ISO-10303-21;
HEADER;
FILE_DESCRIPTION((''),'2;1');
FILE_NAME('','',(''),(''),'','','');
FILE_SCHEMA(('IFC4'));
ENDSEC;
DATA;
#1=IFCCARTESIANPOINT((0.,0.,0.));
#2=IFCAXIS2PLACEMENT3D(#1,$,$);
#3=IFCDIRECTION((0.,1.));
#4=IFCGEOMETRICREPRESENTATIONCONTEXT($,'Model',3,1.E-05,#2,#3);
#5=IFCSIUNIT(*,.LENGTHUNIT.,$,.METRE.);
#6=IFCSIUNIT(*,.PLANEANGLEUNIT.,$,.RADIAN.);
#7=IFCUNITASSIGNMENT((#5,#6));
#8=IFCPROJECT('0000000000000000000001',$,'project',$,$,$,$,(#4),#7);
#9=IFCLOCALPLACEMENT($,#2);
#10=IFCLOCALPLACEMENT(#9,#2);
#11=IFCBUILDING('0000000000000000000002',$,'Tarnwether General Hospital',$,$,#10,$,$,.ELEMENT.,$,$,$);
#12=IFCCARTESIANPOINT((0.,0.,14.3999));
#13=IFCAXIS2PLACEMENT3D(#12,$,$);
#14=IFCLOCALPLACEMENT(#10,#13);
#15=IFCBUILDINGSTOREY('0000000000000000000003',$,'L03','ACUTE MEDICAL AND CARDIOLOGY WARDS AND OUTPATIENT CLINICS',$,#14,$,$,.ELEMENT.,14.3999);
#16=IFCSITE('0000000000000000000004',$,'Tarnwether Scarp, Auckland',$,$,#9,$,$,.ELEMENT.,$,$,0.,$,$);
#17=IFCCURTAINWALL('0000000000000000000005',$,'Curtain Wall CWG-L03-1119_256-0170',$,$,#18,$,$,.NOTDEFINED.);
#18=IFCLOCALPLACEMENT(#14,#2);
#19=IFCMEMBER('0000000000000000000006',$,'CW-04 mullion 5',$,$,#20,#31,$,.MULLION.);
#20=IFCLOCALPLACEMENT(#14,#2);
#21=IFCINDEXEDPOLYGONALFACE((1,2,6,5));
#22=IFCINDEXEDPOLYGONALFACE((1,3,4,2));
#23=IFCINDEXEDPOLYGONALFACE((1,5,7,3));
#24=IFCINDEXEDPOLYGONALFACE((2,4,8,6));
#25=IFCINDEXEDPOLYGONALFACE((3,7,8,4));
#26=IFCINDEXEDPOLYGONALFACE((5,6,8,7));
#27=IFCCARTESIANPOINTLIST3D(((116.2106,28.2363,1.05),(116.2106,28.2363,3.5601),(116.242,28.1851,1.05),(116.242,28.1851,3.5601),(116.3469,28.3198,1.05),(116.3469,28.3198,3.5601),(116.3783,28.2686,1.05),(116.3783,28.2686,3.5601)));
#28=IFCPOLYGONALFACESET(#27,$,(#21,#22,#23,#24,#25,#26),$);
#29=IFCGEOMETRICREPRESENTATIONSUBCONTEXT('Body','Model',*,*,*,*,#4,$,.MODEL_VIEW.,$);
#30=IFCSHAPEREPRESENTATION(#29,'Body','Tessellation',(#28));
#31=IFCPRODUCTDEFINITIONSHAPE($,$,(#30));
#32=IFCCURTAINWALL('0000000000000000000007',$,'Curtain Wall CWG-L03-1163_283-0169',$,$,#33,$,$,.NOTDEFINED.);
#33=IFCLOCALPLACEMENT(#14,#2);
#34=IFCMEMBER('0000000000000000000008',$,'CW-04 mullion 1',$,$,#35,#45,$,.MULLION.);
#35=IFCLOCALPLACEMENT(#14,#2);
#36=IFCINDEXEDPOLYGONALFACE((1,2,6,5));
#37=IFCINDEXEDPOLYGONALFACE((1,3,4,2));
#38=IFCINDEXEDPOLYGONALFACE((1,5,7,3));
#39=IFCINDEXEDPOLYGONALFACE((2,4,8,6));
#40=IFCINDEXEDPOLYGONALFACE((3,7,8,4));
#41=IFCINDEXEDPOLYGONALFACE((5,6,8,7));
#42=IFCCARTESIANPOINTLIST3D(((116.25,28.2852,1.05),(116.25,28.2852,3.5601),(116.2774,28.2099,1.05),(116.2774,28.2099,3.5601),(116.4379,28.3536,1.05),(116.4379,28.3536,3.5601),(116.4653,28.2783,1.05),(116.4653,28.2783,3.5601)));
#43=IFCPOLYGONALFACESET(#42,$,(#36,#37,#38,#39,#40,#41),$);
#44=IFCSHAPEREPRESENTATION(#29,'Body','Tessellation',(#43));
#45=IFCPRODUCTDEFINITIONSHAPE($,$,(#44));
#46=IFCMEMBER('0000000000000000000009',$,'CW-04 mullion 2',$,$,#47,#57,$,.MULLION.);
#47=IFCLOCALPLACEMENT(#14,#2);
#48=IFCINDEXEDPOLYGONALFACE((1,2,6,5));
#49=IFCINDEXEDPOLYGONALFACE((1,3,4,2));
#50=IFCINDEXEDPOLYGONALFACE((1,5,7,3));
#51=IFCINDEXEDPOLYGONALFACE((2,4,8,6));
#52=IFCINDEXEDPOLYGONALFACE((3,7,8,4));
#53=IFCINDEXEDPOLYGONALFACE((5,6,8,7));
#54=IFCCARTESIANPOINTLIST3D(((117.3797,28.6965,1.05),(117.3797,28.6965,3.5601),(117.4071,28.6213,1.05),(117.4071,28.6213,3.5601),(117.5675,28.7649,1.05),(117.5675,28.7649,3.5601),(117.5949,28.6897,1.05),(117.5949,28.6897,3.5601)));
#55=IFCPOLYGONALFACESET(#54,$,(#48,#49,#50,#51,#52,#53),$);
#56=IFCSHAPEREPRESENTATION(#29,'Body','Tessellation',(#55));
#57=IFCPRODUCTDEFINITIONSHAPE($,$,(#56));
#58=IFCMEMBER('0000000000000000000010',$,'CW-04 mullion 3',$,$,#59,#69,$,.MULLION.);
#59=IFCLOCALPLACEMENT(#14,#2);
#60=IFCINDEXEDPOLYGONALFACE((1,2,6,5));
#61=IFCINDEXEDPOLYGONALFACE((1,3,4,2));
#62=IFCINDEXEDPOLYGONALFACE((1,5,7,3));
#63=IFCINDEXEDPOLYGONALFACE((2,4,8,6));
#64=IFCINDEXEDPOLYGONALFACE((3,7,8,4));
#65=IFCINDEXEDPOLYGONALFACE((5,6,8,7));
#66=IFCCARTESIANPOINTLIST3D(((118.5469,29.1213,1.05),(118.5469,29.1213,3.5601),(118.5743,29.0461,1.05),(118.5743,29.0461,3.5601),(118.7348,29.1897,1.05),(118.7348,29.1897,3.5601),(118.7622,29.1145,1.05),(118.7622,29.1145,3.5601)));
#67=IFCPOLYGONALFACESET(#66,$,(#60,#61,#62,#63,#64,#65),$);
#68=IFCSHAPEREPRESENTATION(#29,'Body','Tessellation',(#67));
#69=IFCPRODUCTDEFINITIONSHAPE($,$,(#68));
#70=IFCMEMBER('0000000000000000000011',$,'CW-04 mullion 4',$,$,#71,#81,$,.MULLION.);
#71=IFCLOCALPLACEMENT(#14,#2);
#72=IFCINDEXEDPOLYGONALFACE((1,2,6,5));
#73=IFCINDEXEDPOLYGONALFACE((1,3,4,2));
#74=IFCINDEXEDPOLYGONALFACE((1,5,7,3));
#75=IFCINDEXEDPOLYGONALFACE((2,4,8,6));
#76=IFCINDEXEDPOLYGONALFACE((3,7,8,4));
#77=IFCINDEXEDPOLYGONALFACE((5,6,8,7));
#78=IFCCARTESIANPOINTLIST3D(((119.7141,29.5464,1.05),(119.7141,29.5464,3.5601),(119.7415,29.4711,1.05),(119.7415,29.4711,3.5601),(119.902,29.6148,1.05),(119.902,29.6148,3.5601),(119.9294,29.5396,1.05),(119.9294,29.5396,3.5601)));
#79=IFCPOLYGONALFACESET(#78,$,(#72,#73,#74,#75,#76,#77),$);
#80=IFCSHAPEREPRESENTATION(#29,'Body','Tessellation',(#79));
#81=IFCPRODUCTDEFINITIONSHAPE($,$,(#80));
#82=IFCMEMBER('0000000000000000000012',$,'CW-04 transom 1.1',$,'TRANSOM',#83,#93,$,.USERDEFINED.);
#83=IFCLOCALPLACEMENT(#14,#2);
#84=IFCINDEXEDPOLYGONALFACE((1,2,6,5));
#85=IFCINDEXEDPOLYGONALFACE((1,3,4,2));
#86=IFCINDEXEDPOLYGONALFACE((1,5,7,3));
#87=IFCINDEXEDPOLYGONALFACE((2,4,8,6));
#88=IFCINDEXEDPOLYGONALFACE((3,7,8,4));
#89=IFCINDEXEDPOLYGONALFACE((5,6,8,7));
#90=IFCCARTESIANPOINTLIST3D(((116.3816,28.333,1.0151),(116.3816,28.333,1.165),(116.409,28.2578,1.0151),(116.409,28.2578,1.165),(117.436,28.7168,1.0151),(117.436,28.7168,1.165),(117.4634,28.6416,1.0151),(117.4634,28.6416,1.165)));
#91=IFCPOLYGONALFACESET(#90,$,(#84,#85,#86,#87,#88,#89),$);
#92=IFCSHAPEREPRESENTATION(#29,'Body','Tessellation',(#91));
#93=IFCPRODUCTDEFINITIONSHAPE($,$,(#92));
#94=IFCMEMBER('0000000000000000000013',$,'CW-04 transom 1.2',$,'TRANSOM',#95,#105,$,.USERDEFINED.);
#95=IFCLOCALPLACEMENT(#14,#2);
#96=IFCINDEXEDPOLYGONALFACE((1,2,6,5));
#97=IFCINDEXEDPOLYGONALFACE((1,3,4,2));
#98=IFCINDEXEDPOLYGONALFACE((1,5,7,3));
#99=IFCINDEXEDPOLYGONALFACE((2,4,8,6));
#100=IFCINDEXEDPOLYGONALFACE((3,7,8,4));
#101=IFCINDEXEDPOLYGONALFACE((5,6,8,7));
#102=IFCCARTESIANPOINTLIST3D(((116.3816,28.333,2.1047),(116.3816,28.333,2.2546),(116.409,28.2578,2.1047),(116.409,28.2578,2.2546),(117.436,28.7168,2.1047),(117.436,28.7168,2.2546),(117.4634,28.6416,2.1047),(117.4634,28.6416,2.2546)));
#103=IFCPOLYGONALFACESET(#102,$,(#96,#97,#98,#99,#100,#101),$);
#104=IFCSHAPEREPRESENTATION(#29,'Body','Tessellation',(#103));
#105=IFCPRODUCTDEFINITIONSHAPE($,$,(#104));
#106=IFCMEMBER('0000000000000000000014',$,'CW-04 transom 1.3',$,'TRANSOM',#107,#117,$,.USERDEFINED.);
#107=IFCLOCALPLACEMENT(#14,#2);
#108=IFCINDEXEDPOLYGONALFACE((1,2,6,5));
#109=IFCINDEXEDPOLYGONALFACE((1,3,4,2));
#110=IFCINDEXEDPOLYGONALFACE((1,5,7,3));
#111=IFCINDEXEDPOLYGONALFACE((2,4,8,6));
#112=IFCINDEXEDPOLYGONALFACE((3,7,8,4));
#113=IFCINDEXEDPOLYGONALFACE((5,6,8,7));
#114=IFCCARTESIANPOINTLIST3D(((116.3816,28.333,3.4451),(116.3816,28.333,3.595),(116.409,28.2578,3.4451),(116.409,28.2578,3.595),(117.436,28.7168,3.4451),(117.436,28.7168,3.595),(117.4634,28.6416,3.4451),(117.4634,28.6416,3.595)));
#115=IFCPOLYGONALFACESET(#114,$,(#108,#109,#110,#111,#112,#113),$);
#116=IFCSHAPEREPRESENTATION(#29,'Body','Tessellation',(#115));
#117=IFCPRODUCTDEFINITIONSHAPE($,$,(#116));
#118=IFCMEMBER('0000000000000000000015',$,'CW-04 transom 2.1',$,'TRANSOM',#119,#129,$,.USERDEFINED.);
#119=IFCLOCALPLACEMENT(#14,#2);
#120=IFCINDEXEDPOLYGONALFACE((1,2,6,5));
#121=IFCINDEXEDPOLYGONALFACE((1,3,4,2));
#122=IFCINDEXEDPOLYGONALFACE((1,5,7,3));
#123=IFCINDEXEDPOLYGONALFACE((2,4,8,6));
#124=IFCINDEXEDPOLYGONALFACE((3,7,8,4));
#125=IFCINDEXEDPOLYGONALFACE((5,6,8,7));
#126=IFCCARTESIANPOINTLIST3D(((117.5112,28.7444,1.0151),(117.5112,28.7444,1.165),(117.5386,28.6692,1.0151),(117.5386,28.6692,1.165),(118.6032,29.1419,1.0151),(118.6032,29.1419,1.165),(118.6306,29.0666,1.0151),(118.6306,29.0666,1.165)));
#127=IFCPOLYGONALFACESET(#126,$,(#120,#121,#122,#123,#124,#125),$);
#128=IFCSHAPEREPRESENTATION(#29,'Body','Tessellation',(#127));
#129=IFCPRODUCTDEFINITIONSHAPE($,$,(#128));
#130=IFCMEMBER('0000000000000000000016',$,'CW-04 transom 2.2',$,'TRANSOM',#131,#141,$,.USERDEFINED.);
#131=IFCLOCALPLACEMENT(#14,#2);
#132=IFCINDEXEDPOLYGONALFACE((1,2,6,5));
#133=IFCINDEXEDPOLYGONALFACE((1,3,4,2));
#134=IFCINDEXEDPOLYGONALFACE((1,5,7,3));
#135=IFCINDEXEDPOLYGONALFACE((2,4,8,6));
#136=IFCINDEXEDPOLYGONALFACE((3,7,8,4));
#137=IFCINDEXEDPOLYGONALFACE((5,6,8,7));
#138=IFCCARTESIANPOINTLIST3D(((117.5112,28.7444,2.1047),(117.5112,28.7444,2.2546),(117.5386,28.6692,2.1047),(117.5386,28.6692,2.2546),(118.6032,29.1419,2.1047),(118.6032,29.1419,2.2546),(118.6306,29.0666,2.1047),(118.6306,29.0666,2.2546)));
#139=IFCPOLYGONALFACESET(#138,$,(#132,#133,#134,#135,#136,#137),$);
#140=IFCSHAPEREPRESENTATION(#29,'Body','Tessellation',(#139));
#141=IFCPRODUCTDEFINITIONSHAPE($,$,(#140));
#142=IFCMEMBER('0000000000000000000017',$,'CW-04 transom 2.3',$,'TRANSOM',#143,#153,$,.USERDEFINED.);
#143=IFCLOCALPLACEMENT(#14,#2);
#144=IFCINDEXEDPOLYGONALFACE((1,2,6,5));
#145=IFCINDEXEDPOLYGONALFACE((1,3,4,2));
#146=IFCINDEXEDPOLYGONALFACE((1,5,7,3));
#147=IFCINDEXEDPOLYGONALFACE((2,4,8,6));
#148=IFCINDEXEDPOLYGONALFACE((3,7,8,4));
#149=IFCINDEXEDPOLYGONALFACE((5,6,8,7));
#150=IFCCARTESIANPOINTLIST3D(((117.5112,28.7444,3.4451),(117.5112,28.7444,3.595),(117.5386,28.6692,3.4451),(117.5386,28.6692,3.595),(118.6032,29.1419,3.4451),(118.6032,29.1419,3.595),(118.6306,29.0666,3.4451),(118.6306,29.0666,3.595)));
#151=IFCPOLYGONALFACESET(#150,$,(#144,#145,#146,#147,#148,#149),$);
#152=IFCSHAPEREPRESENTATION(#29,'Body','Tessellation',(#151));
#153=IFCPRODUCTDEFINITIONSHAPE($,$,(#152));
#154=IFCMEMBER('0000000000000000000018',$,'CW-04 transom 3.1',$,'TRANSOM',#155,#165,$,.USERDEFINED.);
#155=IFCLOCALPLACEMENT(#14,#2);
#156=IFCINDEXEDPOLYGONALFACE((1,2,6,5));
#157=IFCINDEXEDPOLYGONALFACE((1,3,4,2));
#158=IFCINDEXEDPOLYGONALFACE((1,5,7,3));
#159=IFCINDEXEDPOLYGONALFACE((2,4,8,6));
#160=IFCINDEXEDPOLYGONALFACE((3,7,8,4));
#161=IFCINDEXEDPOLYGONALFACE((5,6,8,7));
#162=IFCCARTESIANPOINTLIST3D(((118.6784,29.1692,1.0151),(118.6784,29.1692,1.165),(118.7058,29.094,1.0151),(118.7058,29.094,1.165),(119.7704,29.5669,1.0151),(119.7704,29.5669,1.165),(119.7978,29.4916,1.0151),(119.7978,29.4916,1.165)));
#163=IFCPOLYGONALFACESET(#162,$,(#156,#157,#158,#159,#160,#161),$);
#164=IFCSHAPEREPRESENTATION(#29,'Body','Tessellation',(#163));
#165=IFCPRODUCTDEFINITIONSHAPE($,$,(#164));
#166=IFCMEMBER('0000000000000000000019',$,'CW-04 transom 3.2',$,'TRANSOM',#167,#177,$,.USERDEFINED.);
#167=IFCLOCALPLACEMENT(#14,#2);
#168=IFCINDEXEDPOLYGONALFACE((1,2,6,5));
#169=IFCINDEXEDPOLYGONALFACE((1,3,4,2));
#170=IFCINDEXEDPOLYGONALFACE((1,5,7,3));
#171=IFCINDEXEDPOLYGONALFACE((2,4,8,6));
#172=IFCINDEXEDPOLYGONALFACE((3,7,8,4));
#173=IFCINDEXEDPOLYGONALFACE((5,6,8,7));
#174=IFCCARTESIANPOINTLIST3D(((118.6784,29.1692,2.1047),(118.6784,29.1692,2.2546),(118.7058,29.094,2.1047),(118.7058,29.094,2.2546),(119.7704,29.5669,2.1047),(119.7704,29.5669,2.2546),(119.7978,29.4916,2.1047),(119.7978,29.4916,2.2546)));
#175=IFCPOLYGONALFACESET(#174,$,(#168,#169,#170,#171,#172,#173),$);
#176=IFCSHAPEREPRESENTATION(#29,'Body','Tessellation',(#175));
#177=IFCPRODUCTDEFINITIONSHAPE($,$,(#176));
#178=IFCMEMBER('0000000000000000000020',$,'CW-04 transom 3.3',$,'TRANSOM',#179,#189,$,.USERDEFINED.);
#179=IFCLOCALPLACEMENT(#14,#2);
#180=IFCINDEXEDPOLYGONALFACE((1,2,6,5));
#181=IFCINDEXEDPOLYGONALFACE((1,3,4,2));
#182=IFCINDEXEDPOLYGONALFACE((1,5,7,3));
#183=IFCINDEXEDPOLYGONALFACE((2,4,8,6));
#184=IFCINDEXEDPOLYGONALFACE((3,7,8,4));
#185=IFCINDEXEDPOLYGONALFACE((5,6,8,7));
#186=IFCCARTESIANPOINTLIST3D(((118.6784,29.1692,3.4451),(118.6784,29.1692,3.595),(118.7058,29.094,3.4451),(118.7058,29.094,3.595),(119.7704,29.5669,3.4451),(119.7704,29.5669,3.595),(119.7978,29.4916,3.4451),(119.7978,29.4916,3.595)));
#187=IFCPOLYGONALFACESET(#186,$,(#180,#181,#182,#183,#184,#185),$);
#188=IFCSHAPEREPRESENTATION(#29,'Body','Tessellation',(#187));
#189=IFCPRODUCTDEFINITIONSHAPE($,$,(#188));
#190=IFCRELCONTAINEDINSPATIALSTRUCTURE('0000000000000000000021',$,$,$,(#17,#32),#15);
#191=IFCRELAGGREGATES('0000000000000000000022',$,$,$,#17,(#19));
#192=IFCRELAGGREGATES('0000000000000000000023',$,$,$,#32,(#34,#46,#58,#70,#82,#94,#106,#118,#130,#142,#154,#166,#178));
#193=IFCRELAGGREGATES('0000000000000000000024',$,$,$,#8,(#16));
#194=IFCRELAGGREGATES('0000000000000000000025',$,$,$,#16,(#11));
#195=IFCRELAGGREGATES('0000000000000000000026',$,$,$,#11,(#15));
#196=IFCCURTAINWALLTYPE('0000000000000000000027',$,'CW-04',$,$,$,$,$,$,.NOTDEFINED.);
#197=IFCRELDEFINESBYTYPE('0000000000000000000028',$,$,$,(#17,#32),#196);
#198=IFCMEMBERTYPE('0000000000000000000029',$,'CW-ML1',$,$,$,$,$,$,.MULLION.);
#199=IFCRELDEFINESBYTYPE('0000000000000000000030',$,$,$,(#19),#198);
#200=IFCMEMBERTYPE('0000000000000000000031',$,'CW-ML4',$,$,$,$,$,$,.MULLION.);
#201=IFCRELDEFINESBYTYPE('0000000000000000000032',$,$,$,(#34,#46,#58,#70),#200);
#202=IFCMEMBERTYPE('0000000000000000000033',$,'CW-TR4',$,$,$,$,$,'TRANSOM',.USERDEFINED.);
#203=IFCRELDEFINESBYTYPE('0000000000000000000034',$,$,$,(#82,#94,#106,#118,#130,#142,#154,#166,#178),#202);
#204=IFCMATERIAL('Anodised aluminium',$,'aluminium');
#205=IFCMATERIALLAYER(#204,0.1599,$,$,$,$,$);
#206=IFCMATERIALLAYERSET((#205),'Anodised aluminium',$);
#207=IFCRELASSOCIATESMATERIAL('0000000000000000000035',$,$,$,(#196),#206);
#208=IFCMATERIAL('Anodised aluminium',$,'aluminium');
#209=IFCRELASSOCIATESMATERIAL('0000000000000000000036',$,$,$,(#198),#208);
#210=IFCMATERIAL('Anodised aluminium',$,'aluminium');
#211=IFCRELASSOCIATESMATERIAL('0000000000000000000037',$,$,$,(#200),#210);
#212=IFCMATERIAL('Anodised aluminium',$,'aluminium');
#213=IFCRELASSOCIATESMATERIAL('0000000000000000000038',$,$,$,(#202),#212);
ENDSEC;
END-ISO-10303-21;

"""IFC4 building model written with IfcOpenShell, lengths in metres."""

from ifc_helpers import new_model, si_unit, direction, frame, origin, origin_2d, place, context, subcontext, project, spatial, rectangle, extrude, material, layer, layer_set, material_profile, profile_set, type_object, element, aggregate, save


model = new_model("IFC4")

# Units and contexts
model_context = context("Model", 3, precision=1e-05, world=origin(), true_north=direction((0.0, 1.0)))
body_context = subcontext(model_context, "Body", "Model", "MODEL_VIEW")
ifc_project = project(units=[si_unit("LENGTHUNIT", "METRE"), si_unit("PLANEANGLEUNIT", "RADIAN")], contexts=[model_context])

# Site, building, storey
site_placement = place(None, origin())
site = spatial("IfcSite", under=ifc_project, at=site_placement, Name="Tarnwether Scarp, Auckland", CompositionType="ELEMENT", RefElevation=0.0)
building_placement = place(site_placement, origin())
building = spatial("IfcBuilding", under=site, at=building_placement, Name="Tarnwether General Hospital", CompositionType="ELEMENT")
storey_placement = place(building_placement, frame((0.0, 0.0, 14.3999)))
storey = spatial("IfcBuildingStorey", under=building, at=storey_placement, Name="L03", Description="ACUTE MEDICAL AND CARDIOLOGY WARDS AND OUTPATIENT CLINICS", CompositionType="ELEMENT", Elevation=14.3999)

# Curtain wall, member
ifc_material_1 = material(Name="Anodised aluminium", Category="aluminium")
ifc_layer_1 = layer(ifc_material_1, 0.1599)
ifc_layer_set_1 = layer_set([ifc_layer_1], Name="Anodised aluminium")
curtain_wall_type = type_object("IfcCurtainWallType", Name="CW-04", PredefinedType="NOTDEFINED", material=ifc_layer_set_1)
curtain_wall_1_placement = place(storey_placement, origin())
curtain_wall_1 = element("IfcCurtainWall", 1, at=curtain_wall_1_placement, inside=storey, type_object=curtain_wall_type, Name="Curtain Wall CWG-L03-1119_256-0170", PredefinedType="NOTDEFINED")
ifc_material_2 = material(Name="Anodised aluminium", Category="aluminium")
ifc_material_profile_1 = material_profile(ifc_material_2, rectangle(XDim=0.0601, YDim=0.1599, at=origin_2d()), Name="ALU-MUL-60x160")
ifc_profile_set_1 = profile_set([ifc_material_profile_1], Name="Anodised aluminium")
member_type_1 = type_object("IfcMemberType", Name="CW-ML1", PredefinedType="MULLION", material=ifc_profile_set_1)
member_1_placement = place(storey_placement, frame((116.2944, 28.2524, 1.05), z_axis=(0.0, 0.0, 1.0), x_axis=(-0.522512, 0.852632, 0.0)))
member_1 = element("IfcMember", 2, at=member_1_placement, type_object=member_type_1, Name="CW-04 mullion 5", PredefinedType="MULLION", context=body_context, shape_type="SweptSolid", body=[
    extrude(rectangle(XDim=0.0601, YDim=0.1599, at=origin_2d()), origin(), (0.0, 0.0, 1.0), 2.51),
])

# Curtain wall, members
curtain_wall_2_placement = place(storey_placement, origin())
curtain_wall_2 = element("IfcCurtainWall", 3, at=curtain_wall_2_placement, inside=storey, type_object=curtain_wall_type, Name="Curtain Wall CWG-L03-1163_283-0169", PredefinedType="NOTDEFINED")
ifc_material_3 = material(Name="Anodised aluminium", Category="aluminium")
ifc_material_profile_2 = material_profile(ifc_material_3, rectangle(XDim=0.0801, YDim=0.2, at=origin_2d()), Name="ALU-MUL-80x200")
ifc_profile_set_2 = profile_set([ifc_material_profile_2], Name="Anodised aluminium")
member_type_2 = type_object("IfcMemberType", Name="CW-ML4", PredefinedType="MULLION", material=ifc_profile_set_2)
member_2_placement = place(storey_placement, frame((116.3577, 28.2817, 1.05), z_axis=(0.0, 0.0, 1.0), x_axis=(-0.342131, 0.939652, 0.0)))
member_2 = element("IfcMember", 4, at=member_2_placement, type_object=member_type_2, Name="CW-04 mullion 1", PredefinedType="MULLION", context=body_context, shape_type="SweptSolid", body=[
    extrude(rectangle(XDim=0.0801, YDim=0.2, at=origin_2d()), origin(), (0.0, 0.0, 1.0), 2.51),
])
member_3_placement = place(storey_placement, frame((117.4873, 28.6931, 1.05), z_axis=(0.0, 0.0, 1.0), x_axis=(-0.342131, 0.939652, 0.0)))
member_3 = element("IfcMember", 5, at=member_3_placement, type_object=member_type_2, Name="CW-04 mullion 2", PredefinedType="MULLION", context=body_context, shape_type="SweptSolid", body=[
    extrude(rectangle(XDim=0.0801, YDim=0.2, at=origin_2d()), origin(), (0.0, 0.0, 1.0), 2.51),
])
member_4_placement = place(storey_placement, frame((118.6545, 29.1179, 1.05), z_axis=(0.0, 0.0, 1.0), x_axis=(-0.342131, 0.939652, 0.0)))
member_4 = element("IfcMember", 6, at=member_4_placement, type_object=member_type_2, Name="CW-04 mullion 3", PredefinedType="MULLION", context=body_context, shape_type="SweptSolid", body=[
    extrude(rectangle(XDim=0.0801, YDim=0.2, at=origin_2d()), origin(), (0.0, 0.0, 1.0), 2.51),
])
member_5_placement = place(storey_placement, frame((119.8218, 29.543, 1.05), z_axis=(0.0, 0.0, 1.0), x_axis=(-0.342131, 0.939652, 0.0)))
member_5 = element("IfcMember", 7, at=member_5_placement, type_object=member_type_2, Name="CW-04 mullion 4", PredefinedType="MULLION", context=body_context, shape_type="SweptSolid", body=[
    extrude(rectangle(XDim=0.0801, YDim=0.2, at=origin_2d()), origin(), (0.0, 0.0, 1.0), 2.51),
])
ifc_material_4 = material(Name="Anodised aluminium", Category="aluminium")
ifc_material_profile_3 = material_profile(ifc_material_4, rectangle(XDim=0.0801, YDim=0.1499, at=origin_2d()), Name="ALU-TRN-80x150")
ifc_profile_set_3 = profile_set([ifc_material_profile_3], Name="Anodised aluminium")
member_type_3 = type_object("IfcMemberType", Name="CW-TR4", ElementType="TRANSOM", PredefinedType="USERDEFINED", material=ifc_profile_set_3)
member_6_placement = place(storey_placement, frame((116.3953, 28.2954, 1.0901), z_axis=(0.939692, 0.342023, 0.0), x_axis=(-0.342023, 0.939692, 0.0)))
member_6 = element("IfcMember", 8, at=member_6_placement, type_object=member_type_3, Name="CW-04 transom 1.1", ObjectType="TRANSOM", PredefinedType="USERDEFINED", context=body_context, shape_type="SweptSolid", body=[
    extrude(rectangle(XDim=0.0801, YDim=0.1499, at=origin_2d()), origin(), (0.0, 0.0, 1.0), 1.1221),
])
member_7_placement = place(storey_placement, frame((116.3953, 28.2954, 2.1797), z_axis=(0.939692, 0.342023, 0.0), x_axis=(-0.342023, 0.939692, 0.0)))
member_7 = element("IfcMember", 9, at=member_7_placement, type_object=member_type_3, Name="CW-04 transom 1.2", ObjectType="TRANSOM", PredefinedType="USERDEFINED", context=body_context, shape_type="SweptSolid", body=[
    extrude(rectangle(XDim=0.0801, YDim=0.1499, at=origin_2d()), origin(), (0.0, 0.0, 1.0), 1.1221),
])
member_8_placement = place(storey_placement, frame((116.3953, 28.2954, 3.52), z_axis=(0.939692, 0.342023, 0.0), x_axis=(-0.342023, 0.939692, 0.0)))
member_8 = element("IfcMember", 10, at=member_8_placement, type_object=member_type_3, Name="CW-04 transom 1.3", ObjectType="TRANSOM", PredefinedType="USERDEFINED", context=body_context, shape_type="SweptSolid", body=[
    extrude(rectangle(XDim=0.0801, YDim=0.1499, at=origin_2d()), origin(), (0.0, 0.0, 1.0), 1.1221),
])
member_9_placement = place(storey_placement, frame((117.5249, 28.7068, 1.0901), z_axis=(0.939695, 0.342013, 0.0), x_axis=(-0.342013, 0.939695, 0.0)))
member_9 = element("IfcMember", 11, at=member_9_placement, type_object=member_type_3, Name="CW-04 transom 2.1", ObjectType="TRANSOM", PredefinedType="USERDEFINED", context=body_context, shape_type="SweptSolid", body=[
    extrude(rectangle(XDim=0.0801, YDim=0.1499, at=origin_2d()), origin(), (0.0, 0.0, 1.0), 1.1621),
])
member_10_placement = place(storey_placement, frame((117.5249, 28.7068, 2.1797), z_axis=(0.939695, 0.342013, 0.0), x_axis=(-0.342013, 0.939695, 0.0)))
member_10 = element("IfcMember", 12, at=member_10_placement, type_object=member_type_3, Name="CW-04 transom 2.2", ObjectType="TRANSOM", PredefinedType="USERDEFINED", context=body_context, shape_type="SweptSolid", body=[
    extrude(rectangle(XDim=0.0801, YDim=0.1499, at=origin_2d()), origin(), (0.0, 0.0, 1.0), 1.1621),
])
member_11_placement = place(storey_placement, frame((117.5249, 28.7068, 3.52), z_axis=(0.939695, 0.342013, 0.0), x_axis=(-0.342013, 0.939695, 0.0)))
member_11 = element("IfcMember", 13, at=member_11_placement, type_object=member_type_3, Name="CW-04 transom 2.3", ObjectType="TRANSOM", PredefinedType="USERDEFINED", context=body_context, shape_type="SweptSolid", body=[
    extrude(rectangle(XDim=0.0801, YDim=0.1499, at=origin_2d()), origin(), (0.0, 0.0, 1.0), 1.1621),
])
member_12_placement = place(storey_placement, frame((118.6921, 29.1316, 1.0901), z_axis=(0.939628, 0.342198, 0.0), x_axis=(-0.342198, 0.939628, 0.0)))
member_12 = element("IfcMember", 14, at=member_12_placement, type_object=member_type_3, Name="CW-04 transom 3.1", ObjectType="TRANSOM", PredefinedType="USERDEFINED", context=body_context, shape_type="SweptSolid", body=[
    extrude(rectangle(XDim=0.0801, YDim=0.1499, at=origin_2d()), origin(), (0.0, 0.0, 1.0), 1.1621),
])
member_13_placement = place(storey_placement, frame((118.6921, 29.1316, 2.1797), z_axis=(0.939628, 0.342198, 0.0), x_axis=(-0.342198, 0.939628, 0.0)))
member_13 = element("IfcMember", 15, at=member_13_placement, type_object=member_type_3, Name="CW-04 transom 3.2", ObjectType="TRANSOM", PredefinedType="USERDEFINED", context=body_context, shape_type="SweptSolid", body=[
    extrude(rectangle(XDim=0.0801, YDim=0.1499, at=origin_2d()), origin(), (0.0, 0.0, 1.0), 1.1621),
])
member_14_placement = place(storey_placement, frame((118.6921, 29.1316, 3.52), z_axis=(0.939628, 0.342198, 0.0), x_axis=(-0.342198, 0.939628, 0.0)))
member_14 = element("IfcMember", 16, at=member_14_placement, type_object=member_type_3, Name="CW-04 transom 3.3", ObjectType="TRANSOM", PredefinedType="USERDEFINED", context=body_context, shape_type="SweptSolid", body=[
    extrude(rectangle(XDim=0.0801, YDim=0.1499, at=origin_2d()), origin(), (0.0, 0.0, 1.0), 1.1621),
])

aggregate(curtain_wall_1, [member_1])
aggregate(curtain_wall_2, [member_2, member_3, member_4, member_5, member_6, member_7, member_8, member_9, member_10, member_11, member_12, member_13, member_14])

save(model, "model.ifc")
